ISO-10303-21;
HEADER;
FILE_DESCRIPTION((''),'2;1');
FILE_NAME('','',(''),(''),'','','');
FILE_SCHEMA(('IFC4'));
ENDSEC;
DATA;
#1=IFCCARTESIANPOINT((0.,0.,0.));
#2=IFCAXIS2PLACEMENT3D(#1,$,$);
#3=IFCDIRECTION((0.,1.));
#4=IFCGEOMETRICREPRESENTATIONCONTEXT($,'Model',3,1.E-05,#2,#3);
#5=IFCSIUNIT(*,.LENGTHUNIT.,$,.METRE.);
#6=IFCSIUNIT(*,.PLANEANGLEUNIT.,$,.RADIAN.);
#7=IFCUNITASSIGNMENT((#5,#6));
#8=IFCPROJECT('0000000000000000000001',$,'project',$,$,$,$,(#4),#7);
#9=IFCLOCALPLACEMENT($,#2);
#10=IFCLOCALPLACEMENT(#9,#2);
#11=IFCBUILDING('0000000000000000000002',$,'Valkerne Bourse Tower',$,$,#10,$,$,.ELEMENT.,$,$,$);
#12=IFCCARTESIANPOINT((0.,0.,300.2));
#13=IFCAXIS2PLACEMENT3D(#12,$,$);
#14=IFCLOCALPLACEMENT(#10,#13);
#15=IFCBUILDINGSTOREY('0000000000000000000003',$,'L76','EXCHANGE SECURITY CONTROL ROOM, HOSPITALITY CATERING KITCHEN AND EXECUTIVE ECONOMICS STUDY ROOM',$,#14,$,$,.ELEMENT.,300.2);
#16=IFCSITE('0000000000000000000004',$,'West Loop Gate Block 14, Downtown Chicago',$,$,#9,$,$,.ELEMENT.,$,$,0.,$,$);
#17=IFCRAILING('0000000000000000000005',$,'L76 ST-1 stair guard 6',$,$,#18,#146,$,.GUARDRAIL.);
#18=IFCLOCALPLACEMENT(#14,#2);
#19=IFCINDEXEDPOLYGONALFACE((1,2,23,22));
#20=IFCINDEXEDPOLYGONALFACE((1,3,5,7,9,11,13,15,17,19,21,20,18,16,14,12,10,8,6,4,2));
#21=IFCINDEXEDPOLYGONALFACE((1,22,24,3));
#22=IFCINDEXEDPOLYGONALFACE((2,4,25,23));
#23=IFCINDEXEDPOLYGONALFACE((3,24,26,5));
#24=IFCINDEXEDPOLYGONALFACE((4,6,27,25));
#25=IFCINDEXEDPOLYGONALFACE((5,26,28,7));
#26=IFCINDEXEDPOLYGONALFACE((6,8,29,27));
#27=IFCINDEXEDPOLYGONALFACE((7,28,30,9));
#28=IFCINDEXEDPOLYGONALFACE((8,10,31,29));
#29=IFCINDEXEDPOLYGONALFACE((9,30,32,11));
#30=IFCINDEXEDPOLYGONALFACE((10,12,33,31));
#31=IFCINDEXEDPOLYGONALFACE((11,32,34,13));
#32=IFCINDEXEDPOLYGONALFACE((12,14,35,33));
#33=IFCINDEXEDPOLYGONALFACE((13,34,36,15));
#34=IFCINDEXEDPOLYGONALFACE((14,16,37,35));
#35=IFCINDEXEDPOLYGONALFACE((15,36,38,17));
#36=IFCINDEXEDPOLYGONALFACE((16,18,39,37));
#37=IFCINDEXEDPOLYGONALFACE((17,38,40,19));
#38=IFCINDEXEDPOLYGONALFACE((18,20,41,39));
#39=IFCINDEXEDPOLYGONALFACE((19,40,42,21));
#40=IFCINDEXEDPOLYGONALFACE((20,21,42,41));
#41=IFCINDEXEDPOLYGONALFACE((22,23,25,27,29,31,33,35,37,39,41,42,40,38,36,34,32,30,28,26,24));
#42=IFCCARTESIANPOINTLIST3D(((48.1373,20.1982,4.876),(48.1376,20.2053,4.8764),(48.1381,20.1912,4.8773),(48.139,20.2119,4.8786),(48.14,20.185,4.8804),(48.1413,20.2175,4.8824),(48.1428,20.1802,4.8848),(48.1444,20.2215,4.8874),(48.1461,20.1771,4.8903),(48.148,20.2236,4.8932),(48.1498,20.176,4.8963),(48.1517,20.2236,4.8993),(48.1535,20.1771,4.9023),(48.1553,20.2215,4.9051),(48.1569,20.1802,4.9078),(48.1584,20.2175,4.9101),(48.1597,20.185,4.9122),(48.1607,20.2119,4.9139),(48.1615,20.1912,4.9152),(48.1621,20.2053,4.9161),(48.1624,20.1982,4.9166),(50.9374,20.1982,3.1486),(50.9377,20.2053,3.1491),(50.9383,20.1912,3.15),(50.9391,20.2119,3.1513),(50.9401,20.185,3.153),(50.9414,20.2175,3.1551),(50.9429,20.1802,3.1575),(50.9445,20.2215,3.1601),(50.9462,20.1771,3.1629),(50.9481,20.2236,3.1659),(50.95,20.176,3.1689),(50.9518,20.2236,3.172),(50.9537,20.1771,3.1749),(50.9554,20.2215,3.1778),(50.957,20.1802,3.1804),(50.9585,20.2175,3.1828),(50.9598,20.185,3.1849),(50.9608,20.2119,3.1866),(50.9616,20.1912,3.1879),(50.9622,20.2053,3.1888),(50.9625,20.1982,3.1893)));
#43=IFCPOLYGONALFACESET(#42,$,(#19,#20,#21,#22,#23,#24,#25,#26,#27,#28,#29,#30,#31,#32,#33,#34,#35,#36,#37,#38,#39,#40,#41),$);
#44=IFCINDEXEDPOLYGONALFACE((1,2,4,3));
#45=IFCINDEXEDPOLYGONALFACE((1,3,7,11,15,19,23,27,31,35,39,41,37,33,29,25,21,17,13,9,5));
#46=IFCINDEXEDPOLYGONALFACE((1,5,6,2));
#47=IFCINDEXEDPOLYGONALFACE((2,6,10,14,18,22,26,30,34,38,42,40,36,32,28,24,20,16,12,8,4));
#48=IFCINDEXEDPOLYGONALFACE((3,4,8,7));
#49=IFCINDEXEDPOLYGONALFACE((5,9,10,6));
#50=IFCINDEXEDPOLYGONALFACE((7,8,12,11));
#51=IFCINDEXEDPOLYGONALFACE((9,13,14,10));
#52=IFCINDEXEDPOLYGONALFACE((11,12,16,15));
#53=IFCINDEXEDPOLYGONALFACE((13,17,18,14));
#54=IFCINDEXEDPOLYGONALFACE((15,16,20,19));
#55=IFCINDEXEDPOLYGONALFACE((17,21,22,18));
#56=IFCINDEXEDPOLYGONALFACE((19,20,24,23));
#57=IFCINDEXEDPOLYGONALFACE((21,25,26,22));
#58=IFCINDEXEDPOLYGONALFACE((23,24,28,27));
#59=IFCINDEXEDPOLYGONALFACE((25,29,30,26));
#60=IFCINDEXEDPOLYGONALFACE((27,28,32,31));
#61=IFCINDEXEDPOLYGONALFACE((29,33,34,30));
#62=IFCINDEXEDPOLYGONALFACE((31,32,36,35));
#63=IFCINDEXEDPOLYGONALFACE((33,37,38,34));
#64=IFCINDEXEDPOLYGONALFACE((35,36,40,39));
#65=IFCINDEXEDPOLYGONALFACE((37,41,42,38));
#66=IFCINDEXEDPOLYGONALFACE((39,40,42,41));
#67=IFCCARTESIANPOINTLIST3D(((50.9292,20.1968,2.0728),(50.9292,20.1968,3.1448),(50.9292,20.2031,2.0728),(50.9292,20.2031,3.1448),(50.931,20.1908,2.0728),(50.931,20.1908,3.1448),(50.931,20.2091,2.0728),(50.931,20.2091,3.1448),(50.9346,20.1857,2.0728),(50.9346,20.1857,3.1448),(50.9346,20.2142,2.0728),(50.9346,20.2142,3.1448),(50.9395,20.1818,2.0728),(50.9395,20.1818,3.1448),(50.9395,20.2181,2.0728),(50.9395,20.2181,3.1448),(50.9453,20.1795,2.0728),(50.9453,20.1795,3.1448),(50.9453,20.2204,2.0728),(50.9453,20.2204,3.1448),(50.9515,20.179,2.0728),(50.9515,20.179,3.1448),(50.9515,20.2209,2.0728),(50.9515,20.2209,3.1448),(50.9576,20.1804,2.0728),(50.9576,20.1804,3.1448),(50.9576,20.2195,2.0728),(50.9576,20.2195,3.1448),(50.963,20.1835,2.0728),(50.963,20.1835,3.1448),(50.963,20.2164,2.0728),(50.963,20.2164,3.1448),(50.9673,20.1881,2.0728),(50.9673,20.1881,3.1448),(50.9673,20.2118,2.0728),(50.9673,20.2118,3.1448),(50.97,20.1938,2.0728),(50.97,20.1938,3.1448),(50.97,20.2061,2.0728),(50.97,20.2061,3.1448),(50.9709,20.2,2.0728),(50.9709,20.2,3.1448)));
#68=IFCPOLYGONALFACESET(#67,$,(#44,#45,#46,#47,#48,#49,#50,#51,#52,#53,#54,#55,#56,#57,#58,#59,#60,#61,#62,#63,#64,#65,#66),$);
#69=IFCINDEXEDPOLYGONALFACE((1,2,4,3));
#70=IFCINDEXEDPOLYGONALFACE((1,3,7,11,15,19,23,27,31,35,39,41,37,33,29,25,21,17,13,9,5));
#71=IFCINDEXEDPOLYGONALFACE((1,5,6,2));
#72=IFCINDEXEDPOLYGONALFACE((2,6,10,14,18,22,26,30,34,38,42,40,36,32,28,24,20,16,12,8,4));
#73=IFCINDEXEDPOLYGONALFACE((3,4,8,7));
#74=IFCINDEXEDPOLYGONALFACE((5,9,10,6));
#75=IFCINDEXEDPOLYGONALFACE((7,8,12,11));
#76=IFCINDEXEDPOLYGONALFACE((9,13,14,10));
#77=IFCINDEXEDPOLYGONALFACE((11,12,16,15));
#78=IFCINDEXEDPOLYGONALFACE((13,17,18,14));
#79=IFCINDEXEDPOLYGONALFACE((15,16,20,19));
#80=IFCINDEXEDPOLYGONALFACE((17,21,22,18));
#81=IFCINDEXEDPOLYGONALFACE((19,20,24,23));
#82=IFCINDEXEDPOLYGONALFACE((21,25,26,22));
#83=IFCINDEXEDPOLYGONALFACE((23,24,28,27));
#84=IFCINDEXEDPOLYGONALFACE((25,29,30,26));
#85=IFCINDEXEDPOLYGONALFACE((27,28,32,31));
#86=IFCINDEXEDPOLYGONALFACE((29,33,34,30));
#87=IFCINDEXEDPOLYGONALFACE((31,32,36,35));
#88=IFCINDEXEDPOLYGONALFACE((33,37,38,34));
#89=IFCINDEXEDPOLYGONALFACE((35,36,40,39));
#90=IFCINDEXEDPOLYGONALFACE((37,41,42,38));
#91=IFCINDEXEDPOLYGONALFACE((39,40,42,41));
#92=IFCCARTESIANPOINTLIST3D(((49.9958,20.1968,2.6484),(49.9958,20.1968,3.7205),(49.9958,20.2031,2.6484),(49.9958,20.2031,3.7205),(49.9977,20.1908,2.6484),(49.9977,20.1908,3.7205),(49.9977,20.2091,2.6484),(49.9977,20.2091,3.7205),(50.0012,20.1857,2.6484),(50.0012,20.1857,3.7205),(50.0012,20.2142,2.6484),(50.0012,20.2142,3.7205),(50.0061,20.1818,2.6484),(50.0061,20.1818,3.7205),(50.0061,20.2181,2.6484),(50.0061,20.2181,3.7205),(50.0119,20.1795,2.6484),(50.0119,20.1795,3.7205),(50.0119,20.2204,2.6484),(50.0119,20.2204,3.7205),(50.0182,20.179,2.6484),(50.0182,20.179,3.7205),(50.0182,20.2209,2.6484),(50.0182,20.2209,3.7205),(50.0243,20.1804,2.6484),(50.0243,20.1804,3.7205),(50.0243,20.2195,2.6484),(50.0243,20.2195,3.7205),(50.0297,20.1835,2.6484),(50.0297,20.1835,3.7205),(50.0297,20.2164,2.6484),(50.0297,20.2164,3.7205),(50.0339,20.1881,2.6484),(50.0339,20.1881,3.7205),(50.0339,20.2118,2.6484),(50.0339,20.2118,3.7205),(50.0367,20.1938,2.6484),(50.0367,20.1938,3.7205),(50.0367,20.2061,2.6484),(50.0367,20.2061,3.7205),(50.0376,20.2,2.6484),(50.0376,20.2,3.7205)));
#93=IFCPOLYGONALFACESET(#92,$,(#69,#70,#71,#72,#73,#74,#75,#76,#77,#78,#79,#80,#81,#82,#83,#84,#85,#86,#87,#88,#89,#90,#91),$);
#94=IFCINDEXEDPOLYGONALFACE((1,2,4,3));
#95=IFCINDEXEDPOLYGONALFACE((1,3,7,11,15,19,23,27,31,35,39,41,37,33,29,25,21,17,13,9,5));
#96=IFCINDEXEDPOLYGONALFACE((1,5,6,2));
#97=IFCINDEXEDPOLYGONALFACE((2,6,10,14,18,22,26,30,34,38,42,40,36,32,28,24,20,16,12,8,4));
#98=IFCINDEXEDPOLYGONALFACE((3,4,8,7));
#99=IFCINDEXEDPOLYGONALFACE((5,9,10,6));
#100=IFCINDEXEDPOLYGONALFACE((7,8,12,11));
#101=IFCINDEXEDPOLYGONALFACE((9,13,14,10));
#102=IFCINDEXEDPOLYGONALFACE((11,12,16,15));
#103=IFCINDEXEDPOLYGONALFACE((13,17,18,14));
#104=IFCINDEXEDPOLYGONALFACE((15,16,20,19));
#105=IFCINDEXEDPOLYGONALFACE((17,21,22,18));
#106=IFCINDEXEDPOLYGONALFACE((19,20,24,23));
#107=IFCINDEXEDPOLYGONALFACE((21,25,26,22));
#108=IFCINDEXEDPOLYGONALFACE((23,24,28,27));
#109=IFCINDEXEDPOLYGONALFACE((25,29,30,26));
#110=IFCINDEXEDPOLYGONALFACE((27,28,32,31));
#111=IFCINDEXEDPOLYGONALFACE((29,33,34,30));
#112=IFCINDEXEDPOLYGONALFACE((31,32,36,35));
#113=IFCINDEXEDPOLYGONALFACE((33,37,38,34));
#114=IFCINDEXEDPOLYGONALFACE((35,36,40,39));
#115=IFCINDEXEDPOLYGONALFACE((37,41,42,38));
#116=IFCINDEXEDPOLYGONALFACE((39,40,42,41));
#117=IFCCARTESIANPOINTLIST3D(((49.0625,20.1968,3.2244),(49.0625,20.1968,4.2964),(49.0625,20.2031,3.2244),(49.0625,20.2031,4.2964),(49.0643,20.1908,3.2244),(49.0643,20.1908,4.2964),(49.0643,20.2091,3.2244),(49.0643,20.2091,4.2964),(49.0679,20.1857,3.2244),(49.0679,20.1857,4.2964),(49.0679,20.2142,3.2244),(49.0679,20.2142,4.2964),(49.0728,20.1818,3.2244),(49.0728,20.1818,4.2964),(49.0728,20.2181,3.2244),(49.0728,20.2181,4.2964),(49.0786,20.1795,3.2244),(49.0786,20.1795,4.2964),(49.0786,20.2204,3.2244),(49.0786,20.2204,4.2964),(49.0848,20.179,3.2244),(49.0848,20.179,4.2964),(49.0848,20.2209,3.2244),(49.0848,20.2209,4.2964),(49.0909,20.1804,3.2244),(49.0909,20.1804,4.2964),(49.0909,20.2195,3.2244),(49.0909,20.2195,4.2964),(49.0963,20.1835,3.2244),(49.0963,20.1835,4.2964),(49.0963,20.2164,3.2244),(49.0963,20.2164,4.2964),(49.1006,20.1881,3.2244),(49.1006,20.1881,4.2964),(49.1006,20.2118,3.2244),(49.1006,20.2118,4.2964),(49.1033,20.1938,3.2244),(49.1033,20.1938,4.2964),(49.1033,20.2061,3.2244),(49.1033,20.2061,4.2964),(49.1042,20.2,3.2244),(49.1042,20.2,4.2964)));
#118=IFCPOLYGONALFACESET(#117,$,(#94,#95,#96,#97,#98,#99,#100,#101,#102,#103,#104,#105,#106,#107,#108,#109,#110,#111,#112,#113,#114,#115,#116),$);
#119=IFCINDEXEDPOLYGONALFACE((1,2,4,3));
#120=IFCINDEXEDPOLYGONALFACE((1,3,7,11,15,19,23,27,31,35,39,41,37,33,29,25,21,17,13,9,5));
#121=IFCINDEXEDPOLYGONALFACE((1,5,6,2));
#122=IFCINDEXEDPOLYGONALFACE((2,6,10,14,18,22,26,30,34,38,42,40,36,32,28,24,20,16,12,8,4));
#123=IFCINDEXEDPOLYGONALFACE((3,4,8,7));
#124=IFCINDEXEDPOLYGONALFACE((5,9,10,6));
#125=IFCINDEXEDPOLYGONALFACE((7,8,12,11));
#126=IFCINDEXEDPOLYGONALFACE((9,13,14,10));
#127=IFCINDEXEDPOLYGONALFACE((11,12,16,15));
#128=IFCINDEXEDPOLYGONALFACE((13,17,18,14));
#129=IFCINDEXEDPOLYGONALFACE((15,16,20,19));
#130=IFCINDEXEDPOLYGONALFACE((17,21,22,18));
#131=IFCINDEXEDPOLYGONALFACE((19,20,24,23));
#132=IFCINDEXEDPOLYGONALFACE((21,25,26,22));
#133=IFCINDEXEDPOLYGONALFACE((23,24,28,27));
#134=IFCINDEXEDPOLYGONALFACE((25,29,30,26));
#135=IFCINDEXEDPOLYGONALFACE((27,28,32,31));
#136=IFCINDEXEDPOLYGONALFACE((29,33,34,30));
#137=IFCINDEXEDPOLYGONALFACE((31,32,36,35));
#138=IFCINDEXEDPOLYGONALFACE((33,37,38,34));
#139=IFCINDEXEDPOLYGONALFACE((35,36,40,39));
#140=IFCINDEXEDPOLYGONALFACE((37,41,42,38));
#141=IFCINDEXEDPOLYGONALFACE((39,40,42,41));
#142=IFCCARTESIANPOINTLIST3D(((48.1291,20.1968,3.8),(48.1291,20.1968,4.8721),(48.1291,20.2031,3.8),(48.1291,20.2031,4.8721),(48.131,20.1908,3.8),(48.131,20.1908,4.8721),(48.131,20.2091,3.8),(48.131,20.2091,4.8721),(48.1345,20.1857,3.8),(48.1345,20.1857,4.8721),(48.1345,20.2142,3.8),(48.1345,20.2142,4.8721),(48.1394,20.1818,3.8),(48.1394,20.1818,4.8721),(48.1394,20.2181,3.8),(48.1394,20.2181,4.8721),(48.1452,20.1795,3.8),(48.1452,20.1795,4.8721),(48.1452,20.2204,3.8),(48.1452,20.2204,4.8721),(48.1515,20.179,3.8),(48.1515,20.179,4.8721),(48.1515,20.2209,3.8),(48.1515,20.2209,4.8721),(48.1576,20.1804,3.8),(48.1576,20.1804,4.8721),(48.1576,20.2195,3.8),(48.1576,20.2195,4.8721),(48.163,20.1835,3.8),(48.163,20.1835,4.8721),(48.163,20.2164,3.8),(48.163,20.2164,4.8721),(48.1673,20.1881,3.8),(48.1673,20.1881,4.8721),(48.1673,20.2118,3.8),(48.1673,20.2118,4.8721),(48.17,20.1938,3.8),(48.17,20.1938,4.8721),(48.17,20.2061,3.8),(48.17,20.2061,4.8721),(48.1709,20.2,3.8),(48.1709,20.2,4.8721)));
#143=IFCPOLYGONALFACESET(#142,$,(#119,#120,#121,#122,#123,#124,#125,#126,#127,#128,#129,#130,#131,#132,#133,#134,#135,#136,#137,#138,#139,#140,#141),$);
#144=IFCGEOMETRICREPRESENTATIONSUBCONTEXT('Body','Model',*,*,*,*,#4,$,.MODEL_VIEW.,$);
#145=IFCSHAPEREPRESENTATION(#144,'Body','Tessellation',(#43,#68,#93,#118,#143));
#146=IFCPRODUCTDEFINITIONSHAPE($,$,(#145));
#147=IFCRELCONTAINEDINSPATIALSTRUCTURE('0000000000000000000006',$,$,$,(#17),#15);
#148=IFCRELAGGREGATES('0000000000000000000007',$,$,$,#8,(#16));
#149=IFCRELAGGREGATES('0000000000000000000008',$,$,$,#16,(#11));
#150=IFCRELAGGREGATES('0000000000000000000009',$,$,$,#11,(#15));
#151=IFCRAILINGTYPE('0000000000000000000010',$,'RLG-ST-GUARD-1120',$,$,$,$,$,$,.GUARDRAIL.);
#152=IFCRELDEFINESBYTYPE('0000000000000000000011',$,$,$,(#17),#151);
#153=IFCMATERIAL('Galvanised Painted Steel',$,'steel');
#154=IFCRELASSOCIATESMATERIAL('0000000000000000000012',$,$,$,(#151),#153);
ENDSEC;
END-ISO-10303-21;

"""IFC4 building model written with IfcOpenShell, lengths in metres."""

from ifc_helpers import new_model, si_unit, direction, frame, origin, origin_2d, place, context, subcontext, project, spatial, circle, extrude, material, type_object, element, save


model = new_model("IFC4")

# Units and contexts
model_context = context("Model", 3, precision=1e-05, world=origin(), true_north=direction((0.0, 1.0)))
body_context = subcontext(model_context, "Body", "Model", "MODEL_VIEW")
ifc_project = project(units=[si_unit("LENGTHUNIT", "METRE"), si_unit("PLANEANGLEUNIT", "RADIAN")], contexts=[model_context])

# Site, building, storey
site_placement = place(None, origin())
site = spatial("IfcSite", under=ifc_project, at=site_placement, Name="West Loop Gate Block 14, Downtown Chicago", CompositionType="ELEMENT", RefElevation=0.0)
building_placement = place(site_placement, origin())
building = spatial("IfcBuilding", under=site, at=building_placement, Name="Valkerne Bourse Tower", CompositionType="ELEMENT")
storey_placement = place(building_placement, frame((0.0, 0.0, 300.2)))
storey = spatial("IfcBuildingStorey", under=building, at=storey_placement, Name="L76", Description="EXCHANGE SECURITY CONTROL ROOM, HOSPITALITY CATERING KITCHEN AND EXECUTIVE ECONOMICS STUDY ROOM", CompositionType="ELEMENT", Elevation=300.2)

# Shared definitions
ifc_material_1 = material(Name="Galvanised Painted Steel", Category="steel")

# Railing
railing_type_1 = type_object("IfcRailingType", Name="RLG-ST-GUARD-1120", PredefinedType="GUARDRAIL", material=ifc_material_1)
railing_1_placement = place(storey_placement, frame((50.95, 20.2, 2.0728)))
element("IfcRailing", 1, at=railing_1_placement, inside=storey, type_object=railing_type_1, Name="L76 ST-1 stair guard 6", PredefinedType="GUARDRAIL", context=body_context, shape_type="SweptSolid", body=[
    extrude(circle(Radius=0.0239, at=origin_2d()), frame((0.0, 0.0, 1.0962), z_axis=(-0.85109, 0.0, 0.52502), x_axis=(0.0, -1.0, 0.0)), (0.0, 0.0, 1.0), 3.29),
    extrude(circle(Radius=0.021, at=origin_2d()), origin(), (0.0, 0.0, 1.0), 1.072),
    extrude(circle(Radius=0.021, at=origin_2d()), frame((-0.9333, 0.0, 0.5757)), (0.0, 0.0, 1.0), 1.072),
    extrude(circle(Radius=0.021, at=origin_2d()), frame((-1.8667, 0.0, 1.1516)), (0.0, 0.0, 1.0), 1.072),
    extrude(circle(Radius=0.021, at=origin_2d()), frame((-2.8, 0.0, 1.7273)), (0.0, 0.0, 1.0), 1.072),
])

save(model, "model.ifc")
